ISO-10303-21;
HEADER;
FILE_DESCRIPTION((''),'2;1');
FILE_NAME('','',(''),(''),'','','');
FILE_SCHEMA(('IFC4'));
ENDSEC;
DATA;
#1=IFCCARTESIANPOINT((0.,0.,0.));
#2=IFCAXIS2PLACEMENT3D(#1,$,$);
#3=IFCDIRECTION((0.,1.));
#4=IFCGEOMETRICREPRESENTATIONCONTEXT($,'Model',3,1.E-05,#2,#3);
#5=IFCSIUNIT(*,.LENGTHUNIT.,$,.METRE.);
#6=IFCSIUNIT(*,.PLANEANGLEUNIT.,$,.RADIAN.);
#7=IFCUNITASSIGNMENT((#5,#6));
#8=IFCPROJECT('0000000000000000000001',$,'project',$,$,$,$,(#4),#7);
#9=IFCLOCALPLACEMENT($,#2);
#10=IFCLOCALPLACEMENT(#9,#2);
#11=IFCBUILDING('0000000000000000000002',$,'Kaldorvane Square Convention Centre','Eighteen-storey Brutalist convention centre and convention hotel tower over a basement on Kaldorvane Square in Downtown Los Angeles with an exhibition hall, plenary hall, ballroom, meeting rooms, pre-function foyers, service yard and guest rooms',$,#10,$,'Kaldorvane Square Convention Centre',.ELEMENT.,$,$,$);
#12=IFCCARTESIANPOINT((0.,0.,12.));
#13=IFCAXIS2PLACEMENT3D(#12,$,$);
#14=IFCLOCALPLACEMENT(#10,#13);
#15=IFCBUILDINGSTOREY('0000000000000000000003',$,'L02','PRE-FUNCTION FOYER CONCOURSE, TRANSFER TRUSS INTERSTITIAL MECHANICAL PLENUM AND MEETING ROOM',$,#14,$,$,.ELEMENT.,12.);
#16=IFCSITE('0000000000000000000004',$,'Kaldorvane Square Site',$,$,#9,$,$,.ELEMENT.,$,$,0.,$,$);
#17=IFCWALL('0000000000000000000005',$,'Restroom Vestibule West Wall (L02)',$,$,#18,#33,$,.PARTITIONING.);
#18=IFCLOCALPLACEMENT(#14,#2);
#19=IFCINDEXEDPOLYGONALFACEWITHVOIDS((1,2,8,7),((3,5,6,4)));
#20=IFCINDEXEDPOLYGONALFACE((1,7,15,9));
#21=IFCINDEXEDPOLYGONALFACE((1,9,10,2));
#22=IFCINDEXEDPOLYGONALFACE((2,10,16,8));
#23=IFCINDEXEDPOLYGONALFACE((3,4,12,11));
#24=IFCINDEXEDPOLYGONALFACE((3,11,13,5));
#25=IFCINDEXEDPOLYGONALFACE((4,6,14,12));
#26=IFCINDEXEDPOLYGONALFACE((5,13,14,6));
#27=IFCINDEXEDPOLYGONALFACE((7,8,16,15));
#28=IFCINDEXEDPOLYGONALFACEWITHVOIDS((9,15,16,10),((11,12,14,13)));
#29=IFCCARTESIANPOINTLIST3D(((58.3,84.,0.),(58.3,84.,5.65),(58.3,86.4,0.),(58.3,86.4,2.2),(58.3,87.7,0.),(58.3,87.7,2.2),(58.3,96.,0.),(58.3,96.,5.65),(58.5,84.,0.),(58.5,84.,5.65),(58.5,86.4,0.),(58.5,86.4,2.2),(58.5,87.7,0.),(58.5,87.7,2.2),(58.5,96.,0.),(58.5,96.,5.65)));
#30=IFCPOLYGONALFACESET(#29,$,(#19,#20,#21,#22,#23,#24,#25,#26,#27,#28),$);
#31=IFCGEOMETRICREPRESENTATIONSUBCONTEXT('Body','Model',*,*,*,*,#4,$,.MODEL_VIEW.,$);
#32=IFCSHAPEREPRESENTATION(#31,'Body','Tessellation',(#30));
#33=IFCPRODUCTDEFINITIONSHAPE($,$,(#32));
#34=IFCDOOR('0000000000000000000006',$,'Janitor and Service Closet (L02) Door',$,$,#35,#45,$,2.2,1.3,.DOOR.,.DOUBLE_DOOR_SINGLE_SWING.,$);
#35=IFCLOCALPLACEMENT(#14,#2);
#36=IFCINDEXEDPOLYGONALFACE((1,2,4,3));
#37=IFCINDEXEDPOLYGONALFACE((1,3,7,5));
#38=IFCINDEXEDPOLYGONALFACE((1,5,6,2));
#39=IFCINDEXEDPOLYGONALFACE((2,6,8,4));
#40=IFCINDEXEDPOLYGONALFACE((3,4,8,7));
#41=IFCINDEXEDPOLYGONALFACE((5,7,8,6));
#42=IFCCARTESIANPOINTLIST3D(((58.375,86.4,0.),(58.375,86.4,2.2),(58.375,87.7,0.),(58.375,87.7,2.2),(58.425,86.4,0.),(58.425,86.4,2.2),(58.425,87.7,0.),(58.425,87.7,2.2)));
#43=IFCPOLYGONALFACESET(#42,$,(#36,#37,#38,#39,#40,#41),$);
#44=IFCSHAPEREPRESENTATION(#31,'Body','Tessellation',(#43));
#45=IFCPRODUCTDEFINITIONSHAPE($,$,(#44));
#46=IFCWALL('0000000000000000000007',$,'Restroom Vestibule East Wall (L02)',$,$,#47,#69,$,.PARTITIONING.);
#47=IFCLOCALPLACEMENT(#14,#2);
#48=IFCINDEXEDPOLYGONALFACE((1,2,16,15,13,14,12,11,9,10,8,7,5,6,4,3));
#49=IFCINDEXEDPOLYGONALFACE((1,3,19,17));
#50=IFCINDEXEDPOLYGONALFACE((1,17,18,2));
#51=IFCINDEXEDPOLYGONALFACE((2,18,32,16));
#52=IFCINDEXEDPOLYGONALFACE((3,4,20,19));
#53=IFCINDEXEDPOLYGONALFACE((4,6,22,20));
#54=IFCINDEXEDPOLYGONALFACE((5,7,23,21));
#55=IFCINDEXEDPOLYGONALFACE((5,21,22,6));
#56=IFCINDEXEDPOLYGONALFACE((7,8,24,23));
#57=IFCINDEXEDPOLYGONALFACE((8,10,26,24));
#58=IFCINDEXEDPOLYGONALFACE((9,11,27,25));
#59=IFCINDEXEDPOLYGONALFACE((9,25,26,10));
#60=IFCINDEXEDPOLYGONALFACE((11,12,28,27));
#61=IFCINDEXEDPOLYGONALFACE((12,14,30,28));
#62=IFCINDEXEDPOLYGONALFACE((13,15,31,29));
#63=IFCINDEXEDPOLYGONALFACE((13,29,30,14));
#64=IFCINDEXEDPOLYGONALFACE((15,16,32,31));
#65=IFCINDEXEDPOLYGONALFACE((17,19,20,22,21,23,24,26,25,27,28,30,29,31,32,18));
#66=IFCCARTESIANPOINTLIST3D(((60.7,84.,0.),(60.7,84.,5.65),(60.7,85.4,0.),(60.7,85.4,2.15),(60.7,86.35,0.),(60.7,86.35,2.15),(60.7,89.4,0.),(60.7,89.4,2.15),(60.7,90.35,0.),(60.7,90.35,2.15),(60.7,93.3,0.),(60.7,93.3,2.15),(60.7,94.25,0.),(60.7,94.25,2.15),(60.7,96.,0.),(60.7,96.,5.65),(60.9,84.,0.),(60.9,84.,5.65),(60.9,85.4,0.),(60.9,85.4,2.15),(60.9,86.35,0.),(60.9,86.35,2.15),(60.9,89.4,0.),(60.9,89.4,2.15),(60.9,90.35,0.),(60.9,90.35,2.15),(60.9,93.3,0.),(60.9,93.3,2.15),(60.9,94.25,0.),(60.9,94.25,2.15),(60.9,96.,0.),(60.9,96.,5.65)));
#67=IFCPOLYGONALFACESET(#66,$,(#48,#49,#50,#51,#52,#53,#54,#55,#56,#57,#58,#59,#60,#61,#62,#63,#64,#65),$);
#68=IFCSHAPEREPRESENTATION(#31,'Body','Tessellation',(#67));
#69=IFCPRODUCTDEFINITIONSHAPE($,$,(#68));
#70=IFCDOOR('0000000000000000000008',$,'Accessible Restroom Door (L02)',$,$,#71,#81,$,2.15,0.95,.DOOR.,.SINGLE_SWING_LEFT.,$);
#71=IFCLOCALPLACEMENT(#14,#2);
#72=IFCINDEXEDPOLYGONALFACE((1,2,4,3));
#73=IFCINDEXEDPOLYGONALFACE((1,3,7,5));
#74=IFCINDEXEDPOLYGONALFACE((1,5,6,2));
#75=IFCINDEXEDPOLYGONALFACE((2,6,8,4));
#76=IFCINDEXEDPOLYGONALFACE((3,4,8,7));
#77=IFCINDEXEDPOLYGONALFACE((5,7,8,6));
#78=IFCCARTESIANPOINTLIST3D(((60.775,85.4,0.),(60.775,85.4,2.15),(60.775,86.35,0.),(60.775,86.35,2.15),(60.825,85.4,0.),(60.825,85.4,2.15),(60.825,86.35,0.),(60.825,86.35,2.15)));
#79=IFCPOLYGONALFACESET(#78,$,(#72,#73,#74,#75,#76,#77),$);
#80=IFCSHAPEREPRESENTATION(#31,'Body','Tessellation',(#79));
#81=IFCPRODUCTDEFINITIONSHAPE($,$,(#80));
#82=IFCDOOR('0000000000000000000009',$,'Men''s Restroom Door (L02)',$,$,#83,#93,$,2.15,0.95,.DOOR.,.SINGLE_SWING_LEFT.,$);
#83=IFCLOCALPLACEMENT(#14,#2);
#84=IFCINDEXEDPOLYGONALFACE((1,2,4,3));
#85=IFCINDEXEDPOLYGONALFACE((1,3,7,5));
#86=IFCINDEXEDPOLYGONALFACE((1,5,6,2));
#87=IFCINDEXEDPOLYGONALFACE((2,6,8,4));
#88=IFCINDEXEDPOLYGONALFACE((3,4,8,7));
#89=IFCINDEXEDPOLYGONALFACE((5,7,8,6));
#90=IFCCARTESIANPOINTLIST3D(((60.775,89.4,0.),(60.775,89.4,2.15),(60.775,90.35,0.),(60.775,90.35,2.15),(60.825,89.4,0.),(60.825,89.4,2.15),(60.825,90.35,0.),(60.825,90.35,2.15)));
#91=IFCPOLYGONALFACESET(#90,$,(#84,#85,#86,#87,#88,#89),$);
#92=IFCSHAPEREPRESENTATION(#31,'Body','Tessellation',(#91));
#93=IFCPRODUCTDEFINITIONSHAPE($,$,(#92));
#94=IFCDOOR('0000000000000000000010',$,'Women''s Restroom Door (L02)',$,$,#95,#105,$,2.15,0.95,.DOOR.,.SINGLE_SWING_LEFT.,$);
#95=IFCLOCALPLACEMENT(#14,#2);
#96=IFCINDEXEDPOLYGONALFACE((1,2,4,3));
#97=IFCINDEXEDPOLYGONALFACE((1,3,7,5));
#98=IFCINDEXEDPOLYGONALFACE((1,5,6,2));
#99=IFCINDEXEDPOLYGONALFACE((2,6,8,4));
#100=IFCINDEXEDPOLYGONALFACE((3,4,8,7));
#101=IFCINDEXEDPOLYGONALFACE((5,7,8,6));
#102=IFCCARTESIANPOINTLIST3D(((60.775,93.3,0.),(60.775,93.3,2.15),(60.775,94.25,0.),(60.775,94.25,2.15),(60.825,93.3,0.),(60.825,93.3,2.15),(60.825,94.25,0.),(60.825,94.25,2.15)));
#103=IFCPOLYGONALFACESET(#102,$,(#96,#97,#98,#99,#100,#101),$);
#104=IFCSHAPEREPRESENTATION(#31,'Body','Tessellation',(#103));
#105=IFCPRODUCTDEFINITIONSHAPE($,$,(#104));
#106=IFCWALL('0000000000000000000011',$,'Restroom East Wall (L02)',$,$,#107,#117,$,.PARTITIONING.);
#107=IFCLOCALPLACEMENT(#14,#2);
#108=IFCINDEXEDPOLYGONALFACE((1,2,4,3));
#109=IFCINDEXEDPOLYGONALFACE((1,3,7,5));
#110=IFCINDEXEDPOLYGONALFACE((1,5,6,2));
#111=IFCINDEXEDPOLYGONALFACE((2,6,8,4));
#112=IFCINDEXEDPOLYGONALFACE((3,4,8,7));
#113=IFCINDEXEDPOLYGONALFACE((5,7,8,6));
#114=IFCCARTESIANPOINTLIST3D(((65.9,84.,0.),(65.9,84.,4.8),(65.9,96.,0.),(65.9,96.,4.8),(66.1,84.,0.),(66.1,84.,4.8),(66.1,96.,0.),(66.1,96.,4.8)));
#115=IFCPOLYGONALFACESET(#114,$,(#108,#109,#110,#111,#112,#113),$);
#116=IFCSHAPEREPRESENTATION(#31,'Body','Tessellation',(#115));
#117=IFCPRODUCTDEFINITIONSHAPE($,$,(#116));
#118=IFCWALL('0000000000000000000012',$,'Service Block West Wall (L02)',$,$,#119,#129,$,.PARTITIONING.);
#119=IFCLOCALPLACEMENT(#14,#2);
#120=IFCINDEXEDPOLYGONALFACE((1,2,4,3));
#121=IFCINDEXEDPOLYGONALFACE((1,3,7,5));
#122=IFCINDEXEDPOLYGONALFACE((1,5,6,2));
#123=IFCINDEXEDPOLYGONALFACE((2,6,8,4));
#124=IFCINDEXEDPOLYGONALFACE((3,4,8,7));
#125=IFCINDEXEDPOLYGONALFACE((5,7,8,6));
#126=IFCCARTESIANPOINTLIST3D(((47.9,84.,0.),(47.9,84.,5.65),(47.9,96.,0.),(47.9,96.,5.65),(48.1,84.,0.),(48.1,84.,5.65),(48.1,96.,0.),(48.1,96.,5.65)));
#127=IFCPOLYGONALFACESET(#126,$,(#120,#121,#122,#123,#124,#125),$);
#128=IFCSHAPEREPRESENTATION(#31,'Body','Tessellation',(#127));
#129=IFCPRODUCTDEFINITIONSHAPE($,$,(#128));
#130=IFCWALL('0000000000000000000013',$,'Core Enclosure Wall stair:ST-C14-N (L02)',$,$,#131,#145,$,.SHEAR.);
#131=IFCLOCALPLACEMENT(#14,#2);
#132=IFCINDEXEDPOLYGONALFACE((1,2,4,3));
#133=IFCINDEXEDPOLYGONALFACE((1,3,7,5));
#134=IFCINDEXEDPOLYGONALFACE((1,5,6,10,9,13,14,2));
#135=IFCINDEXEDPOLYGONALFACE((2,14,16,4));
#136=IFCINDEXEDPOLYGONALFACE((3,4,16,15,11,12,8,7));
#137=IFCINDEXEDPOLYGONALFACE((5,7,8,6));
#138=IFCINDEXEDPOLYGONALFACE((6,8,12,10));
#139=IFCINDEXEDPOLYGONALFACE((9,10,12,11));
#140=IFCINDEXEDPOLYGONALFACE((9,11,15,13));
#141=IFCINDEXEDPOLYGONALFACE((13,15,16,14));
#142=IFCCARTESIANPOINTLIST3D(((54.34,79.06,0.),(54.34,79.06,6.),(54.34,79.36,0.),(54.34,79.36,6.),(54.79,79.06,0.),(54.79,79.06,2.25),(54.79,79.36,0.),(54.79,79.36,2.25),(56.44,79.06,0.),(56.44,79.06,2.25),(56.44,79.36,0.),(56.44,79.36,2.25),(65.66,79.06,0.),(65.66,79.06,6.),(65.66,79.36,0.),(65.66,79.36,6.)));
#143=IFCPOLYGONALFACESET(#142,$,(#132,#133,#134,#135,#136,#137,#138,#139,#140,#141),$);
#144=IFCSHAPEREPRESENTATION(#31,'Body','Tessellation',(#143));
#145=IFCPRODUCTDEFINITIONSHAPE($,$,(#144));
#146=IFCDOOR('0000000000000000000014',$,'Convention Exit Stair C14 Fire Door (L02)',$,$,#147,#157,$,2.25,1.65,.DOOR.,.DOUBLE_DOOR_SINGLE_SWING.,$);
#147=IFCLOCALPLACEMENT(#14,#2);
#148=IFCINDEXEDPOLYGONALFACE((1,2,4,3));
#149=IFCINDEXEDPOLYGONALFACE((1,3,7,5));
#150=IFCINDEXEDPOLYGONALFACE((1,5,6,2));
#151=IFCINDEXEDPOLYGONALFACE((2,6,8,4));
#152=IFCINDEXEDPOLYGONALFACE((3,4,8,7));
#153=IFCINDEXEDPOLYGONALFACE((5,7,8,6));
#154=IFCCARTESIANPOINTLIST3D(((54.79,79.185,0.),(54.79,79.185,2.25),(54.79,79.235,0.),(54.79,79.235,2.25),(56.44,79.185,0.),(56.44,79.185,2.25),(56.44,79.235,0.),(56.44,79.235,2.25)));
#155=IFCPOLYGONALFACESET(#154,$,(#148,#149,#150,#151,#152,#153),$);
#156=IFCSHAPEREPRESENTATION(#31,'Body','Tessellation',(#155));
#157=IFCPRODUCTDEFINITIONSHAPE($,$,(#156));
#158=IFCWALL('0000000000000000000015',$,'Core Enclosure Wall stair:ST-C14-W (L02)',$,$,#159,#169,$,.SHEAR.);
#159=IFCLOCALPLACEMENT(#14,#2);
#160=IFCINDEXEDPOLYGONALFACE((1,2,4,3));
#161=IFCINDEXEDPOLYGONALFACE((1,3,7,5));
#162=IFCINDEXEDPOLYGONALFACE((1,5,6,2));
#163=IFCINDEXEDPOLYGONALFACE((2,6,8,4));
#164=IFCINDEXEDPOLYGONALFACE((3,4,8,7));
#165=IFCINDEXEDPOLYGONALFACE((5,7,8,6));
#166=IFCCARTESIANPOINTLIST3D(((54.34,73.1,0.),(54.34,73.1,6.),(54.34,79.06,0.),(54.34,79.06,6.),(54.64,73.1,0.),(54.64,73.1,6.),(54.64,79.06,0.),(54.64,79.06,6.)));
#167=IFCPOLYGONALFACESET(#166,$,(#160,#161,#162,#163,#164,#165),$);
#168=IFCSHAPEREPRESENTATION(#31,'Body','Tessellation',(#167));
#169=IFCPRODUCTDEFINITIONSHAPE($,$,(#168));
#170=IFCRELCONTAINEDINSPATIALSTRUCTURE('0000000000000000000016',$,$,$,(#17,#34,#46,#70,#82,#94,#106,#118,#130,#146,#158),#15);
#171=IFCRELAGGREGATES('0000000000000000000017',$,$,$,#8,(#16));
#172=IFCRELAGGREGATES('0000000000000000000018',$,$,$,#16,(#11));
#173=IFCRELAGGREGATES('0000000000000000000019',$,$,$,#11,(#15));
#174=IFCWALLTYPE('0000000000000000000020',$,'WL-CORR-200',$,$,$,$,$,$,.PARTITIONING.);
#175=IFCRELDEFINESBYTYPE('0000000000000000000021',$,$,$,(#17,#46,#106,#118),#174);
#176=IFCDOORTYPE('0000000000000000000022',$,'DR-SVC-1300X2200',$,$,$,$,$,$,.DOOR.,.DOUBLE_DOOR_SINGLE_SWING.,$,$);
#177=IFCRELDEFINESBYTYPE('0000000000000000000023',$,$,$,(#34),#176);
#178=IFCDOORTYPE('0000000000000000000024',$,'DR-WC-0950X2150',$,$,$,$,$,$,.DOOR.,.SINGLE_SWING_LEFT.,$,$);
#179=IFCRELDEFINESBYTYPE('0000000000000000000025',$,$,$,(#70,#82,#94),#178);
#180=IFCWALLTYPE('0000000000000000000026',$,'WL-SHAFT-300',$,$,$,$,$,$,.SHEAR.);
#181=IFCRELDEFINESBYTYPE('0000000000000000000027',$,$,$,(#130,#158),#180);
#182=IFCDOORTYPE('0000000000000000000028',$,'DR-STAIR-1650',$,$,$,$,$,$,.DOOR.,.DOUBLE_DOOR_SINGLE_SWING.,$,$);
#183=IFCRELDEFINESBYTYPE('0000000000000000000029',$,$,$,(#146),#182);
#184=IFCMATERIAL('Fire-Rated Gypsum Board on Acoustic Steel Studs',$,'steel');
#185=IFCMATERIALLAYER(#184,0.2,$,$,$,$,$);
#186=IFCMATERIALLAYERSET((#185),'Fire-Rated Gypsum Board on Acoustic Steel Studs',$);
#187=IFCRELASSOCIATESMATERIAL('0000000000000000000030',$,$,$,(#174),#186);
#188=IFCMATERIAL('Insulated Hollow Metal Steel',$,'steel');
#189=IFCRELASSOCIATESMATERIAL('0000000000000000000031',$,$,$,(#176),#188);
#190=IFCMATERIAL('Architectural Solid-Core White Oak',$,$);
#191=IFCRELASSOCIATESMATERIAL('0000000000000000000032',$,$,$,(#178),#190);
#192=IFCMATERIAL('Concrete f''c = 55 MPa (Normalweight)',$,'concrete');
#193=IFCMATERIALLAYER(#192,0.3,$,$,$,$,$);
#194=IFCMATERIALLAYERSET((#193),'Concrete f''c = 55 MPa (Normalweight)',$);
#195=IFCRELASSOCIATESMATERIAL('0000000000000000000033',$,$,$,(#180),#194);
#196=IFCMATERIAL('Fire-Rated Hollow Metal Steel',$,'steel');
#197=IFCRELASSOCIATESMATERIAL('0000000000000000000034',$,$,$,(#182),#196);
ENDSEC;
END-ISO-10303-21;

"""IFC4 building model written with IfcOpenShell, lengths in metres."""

from ifc_helpers import new_model, si_unit, direction, frame, frame_2d, origin, place, context, subcontext, project, spatial, rectangle, extrude, material, layer, layer_set, type_object, element, fill, save


model = new_model("IFC4")

# Units and contexts
model_context = context("Model", 3, precision=1e-05, world=origin(), true_north=direction((0.0, 1.0)))
body_context = subcontext(model_context, "Body", "Model", "MODEL_VIEW")
ifc_project = project(units=[si_unit("LENGTHUNIT", "METRE"), si_unit("PLANEANGLEUNIT", "RADIAN")], contexts=[model_context])

# Site, building, storey
site_placement = place(None, origin())
site = spatial("IfcSite", under=ifc_project, at=site_placement, Name="Kaldorvane Square Site", CompositionType="ELEMENT", RefElevation=0.0)
building_placement = place(site_placement, origin())
building = spatial("IfcBuilding", under=site, at=building_placement, Name="Kaldorvane Square Convention Centre", Description="Eighteen-storey Brutalist convention centre and convention hotel tower over a basement on Kaldorvane Square in Downtown Los Angeles with an exhibition hall, plenary hall, ballroom, meeting rooms, pre-function foyers, service yard and guest rooms", LongName="Kaldorvane Square Convention Centre", CompositionType="ELEMENT")
storey_placement = place(building_placement, frame((0.0, 0.0, 12.0)))
storey = spatial("IfcBuildingStorey", under=building, at=storey_placement, Name="L02", Description="PRE-FUNCTION FOYER CONCOURSE, TRANSFER TRUSS INTERSTITIAL MECHANICAL PLENUM AND MEETING ROOM", CompositionType="ELEMENT", Elevation=12.0)

# Shared definitions
ifc_material_1 = material(Name="Concrete f'c = 55 MPa (Normalweight)", Category="concrete")

# Shared definitions
ifc_material_2 = material(Name="Fire-Rated Gypsum Board on Acoustic Steel Studs", Category="steel")
ifc_layer_1 = layer(ifc_material_2, 0.2)
ifc_layer_set_1 = layer_set([ifc_layer_1], Name="Fire-Rated Gypsum Board on Acoustic Steel Studs")
wall_type_1 = type_object("IfcWallType", Name="WL-CORR-200", PredefinedType="PARTITIONING", material=ifc_layer_set_1)

# Wall, opening, door
wall_1_placement = place(storey_placement, frame((58.4, 84.0, 0.0), z_axis=(0.0, 0.0, 1.0), x_axis=(0.0, 1.0, 0.0)))
wall_1 = element("IfcWall", 1, at=wall_1_placement, inside=storey, type_object=wall_type_1, Name="Restroom Vestibule West Wall (L02)", PredefinedType="PARTITIONING", context=body_context, shape_type="SweptSolid", body=[
    extrude(rectangle(XDim=12.0, YDim=0.2, at=frame_2d((6.0, 0.0))), origin(), (0.0, 0.0, 1.0), 5.65),
])
opening_1_placement = place(wall_1_placement, frame((2.4, 0.0, 0.0)))
opening_1 = element("IfcOpeningElement", 2, at=opening_1_placement, cuts=wall_1, PredefinedType="OPENING", context=body_context, shape_type="SweptSolid", body=[
    extrude(rectangle(XDim=1.3, YDim=2.2, at=frame_2d((0.65, 1.1))), frame((0.0, 0.115, 0.0), z_axis=(0.0, -1.0, 0.0), x_axis=(1.0, 0.0, 0.0)), (0.0, 0.0, 1.0), 0.23),
])
ifc_material_3 = material(Name="Insulated Hollow Metal Steel", Category="steel")
door_type_1 = type_object("IfcDoorType", Name="DR-SVC-1300X2200", OperationType="DOUBLE_DOOR_SINGLE_SWING", PredefinedType="DOOR", material=ifc_material_3)
door_1_placement = place(opening_1_placement, origin())
door_1 = element("IfcDoor", 3, at=door_1_placement, inside=storey, type_object=door_type_1, Name="Janitor and Service Closet (L02) Door", OperationType="DOUBLE_DOOR_SINGLE_SWING", OverallHeight=2.2, OverallWidth=1.3, PredefinedType="DOOR", context=body_context, shape_type="SweptSolid", body=[
    extrude(rectangle(XDim=1.3, YDim=2.2, at=frame_2d((0.65, 1.1))), frame((0.0, 0.025, 0.0), z_axis=(0.0, -1.0, 0.0), x_axis=(1.0, 0.0, 0.0)), (0.0, 0.0, 1.0), 0.05),
])
fill(opening_1, door_1)

# Wall, openings, doors
wall_2_placement = place(storey_placement, frame((60.8, 84.0, 0.0), z_axis=(0.0, 0.0, 1.0), x_axis=(0.0, 1.0, 0.0)))
wall_2 = element("IfcWall", 4, at=wall_2_placement, inside=storey, type_object=wall_type_1, Name="Restroom Vestibule East Wall (L02)", PredefinedType="PARTITIONING", context=body_context, shape_type="SweptSolid", body=[
    extrude(rectangle(XDim=12.0, YDim=0.2, at=frame_2d((6.0, 0.0))), origin(), (0.0, 0.0, 1.0), 5.65),
])
opening_2_placement = place(wall_2_placement, frame((1.4, 0.0, 0.0)))
opening_2 = element("IfcOpeningElement", 5, at=opening_2_placement, cuts=wall_2, PredefinedType="OPENING", context=body_context, shape_type="SweptSolid", body=[
    extrude(rectangle(XDim=0.95, YDim=2.15, at=frame_2d((0.475, 1.075))), frame((0.0, 0.115, 0.0), z_axis=(0.0, -1.0, 0.0), x_axis=(1.0, 0.0, 0.0)), (0.0, 0.0, 1.0), 0.23),
])
opening_3_placement = place(wall_2_placement, frame((5.4, 0.0, 0.0)))
opening_3 = element("IfcOpeningElement", 6, at=opening_3_placement, cuts=wall_2, PredefinedType="OPENING", context=body_context, shape_type="SweptSolid", body=[
    extrude(rectangle(XDim=0.95, YDim=2.15, at=frame_2d((0.475, 1.075))), frame((0.0, 0.115, 0.0), z_axis=(0.0, -1.0, 0.0), x_axis=(1.0, 0.0, 0.0)), (0.0, 0.0, 1.0), 0.23),
])
opening_4_placement = place(wall_2_placement, frame((9.3, 0.0, 0.0)))
opening_4 = element("IfcOpeningElement", 7, at=opening_4_placement, cuts=wall_2, PredefinedType="OPENING", context=body_context, shape_type="SweptSolid", body=[
    extrude(rectangle(XDim=0.95, YDim=2.15, at=frame_2d((0.475, 1.075))), frame((0.0, 0.115, 0.0), z_axis=(0.0, -1.0, 0.0), x_axis=(1.0, 0.0, 0.0)), (0.0, 0.0, 1.0), 0.23),
])
ifc_material_4 = material(Name="Architectural Solid-Core White Oak")
door_type_2 = type_object("IfcDoorType", Name="DR-WC-0950X2150", OperationType="SINGLE_SWING_LEFT", PredefinedType="DOOR", material=ifc_material_4)
door_2_placement = place(opening_2_placement, origin())
door_2 = element("IfcDoor", 8, at=door_2_placement, inside=storey, type_object=door_type_2, Name="Accessible Restroom Door (L02)", OperationType="SINGLE_SWING_LEFT", OverallHeight=2.15, OverallWidth=0.95, PredefinedType="DOOR", context=body_context, shape_type="SweptSolid", body=[
    extrude(rectangle(XDim=0.95, YDim=2.15, at=frame_2d((0.475, 1.075))), frame((0.0, 0.025, 0.0), z_axis=(0.0, -1.0, 0.0), x_axis=(1.0, 0.0, 0.0)), (0.0, 0.0, 1.0), 0.05),
])
fill(opening_2, door_2)
door_3_placement = place(opening_3_placement, origin())
door_3 = element("IfcDoor", 9, at=door_3_placement, inside=storey, type_object=door_type_2, Name="Men's Restroom Door (L02)", OperationType="SINGLE_SWING_LEFT", OverallHeight=2.15, OverallWidth=0.95, PredefinedType="DOOR", context=body_context, shape_type="SweptSolid", body=[
    extrude(rectangle(XDim=0.95, YDim=2.15, at=frame_2d((0.475, 1.075))), frame((0.0, 0.025, 0.0), z_axis=(0.0, -1.0, 0.0), x_axis=(1.0, 0.0, 0.0)), (0.0, 0.0, 1.0), 0.05),
])
fill(opening_3, door_3)
door_4_placement = place(opening_4_placement, origin())
door_4 = element("IfcDoor", 10, at=door_4_placement, inside=storey, type_object=door_type_2, Name="Women's Restroom Door (L02)", OperationType="SINGLE_SWING_LEFT", OverallHeight=2.15, OverallWidth=0.95, PredefinedType="DOOR", context=body_context, shape_type="SweptSolid", body=[
    extrude(rectangle(XDim=0.95, YDim=2.15, at=frame_2d((0.475, 1.075))), frame((0.0, 0.025, 0.0), z_axis=(0.0, -1.0, 0.0), x_axis=(1.0, 0.0, 0.0)), (0.0, 0.0, 1.0), 0.05),
])
fill(opening_4, door_4)

# Walls
wall_3_placement = place(storey_placement, frame((66.0, 84.0, 0.0), z_axis=(0.0, 0.0, 1.0), x_axis=(0.0, 1.0, 0.0)))
element("IfcWall", 11, at=wall_3_placement, inside=storey, type_object=wall_type_1, Name="Restroom East Wall (L02)", PredefinedType="PARTITIONING", context=body_context, shape_type="SweptSolid", body=[
    extrude(rectangle(XDim=12.0, YDim=0.2, at=frame_2d((6.0, 0.0))), origin(), (0.0, 0.0, 1.0), 4.8),
])
wall_4_placement = place(storey_placement, frame((48.0, 84.0, 0.0), z_axis=(0.0, 0.0, 1.0), x_axis=(0.0, 1.0, 0.0)))
element("IfcWall", 12, at=wall_4_placement, inside=storey, type_object=wall_type_1, Name="Service Block West Wall (L02)", PredefinedType="PARTITIONING", context=body_context, shape_type="SweptSolid", body=[
    extrude(rectangle(XDim=12.0, YDim=0.2, at=frame_2d((6.0, 0.0))), origin(), (0.0, 0.0, 1.0), 5.65),
])

# Wall, opening, door
ifc_layer_2 = layer(ifc_material_1, 0.3)
ifc_layer_set_2 = layer_set([ifc_layer_2], Name="Concrete f'c = 55 MPa (Normalweight)")
wall_type_2 = type_object("IfcWallType", Name="WL-SHAFT-300", PredefinedType="SHEAR", material=ifc_layer_set_2)
wall_5_placement = place(storey_placement, frame((65.66, 79.21, 0.0), z_axis=(0.0, 0.0, 1.0), x_axis=(-1.0, 0.0, 0.0)))
wall_5 = element("IfcWall", 13, at=wall_5_placement, inside=storey, type_object=wall_type_2, Name="Core Enclosure Wall stair:ST-C14-N (L02)", PredefinedType="SHEAR", context=body_context, shape_type="SweptSolid", body=[
    extrude(rectangle(XDim=11.32, YDim=0.3, at=frame_2d((5.66, 0.0))), origin(), (0.0, 0.0, 1.0), 6.0),
])
opening_5_placement = place(wall_5_placement, frame((9.22, 0.0, 0.0)))
opening_5 = element("IfcOpeningElement", 14, at=opening_5_placement, cuts=wall_5, PredefinedType="OPENING", context=body_context, shape_type="SweptSolid", body=[
    extrude(rectangle(XDim=1.65, YDim=2.25, at=frame_2d((0.825, 1.125))), frame((0.0, 0.165, 0.0), z_axis=(0.0, -1.0, 0.0), x_axis=(1.0, 0.0, 0.0)), (0.0, 0.0, 1.0), 0.33),
])
ifc_material_5 = material(Name="Fire-Rated Hollow Metal Steel", Category="steel")
door_type_3 = type_object("IfcDoorType", Name="DR-STAIR-1650", OperationType="DOUBLE_DOOR_SINGLE_SWING", PredefinedType="DOOR", material=ifc_material_5)
door_5_placement = place(opening_5_placement, origin())
door_5 = element("IfcDoor", 15, at=door_5_placement, inside=storey, type_object=door_type_3, Name="Convention Exit Stair C14 Fire Door (L02)", OperationType="DOUBLE_DOOR_SINGLE_SWING", OverallHeight=2.25, OverallWidth=1.65, PredefinedType="DOOR", context=body_context, shape_type="SweptSolid", body=[
    extrude(rectangle(XDim=1.65, YDim=2.25, at=frame_2d((0.825, 1.125))), frame((0.0, 0.025, 0.0), z_axis=(0.0, -1.0, 0.0), x_axis=(1.0, 0.0, 0.0)), (0.0, 0.0, 1.0), 0.05),
])
fill(opening_5, door_5)

# Wall
for number, where, z_axis, x_axis, name in (
    (16, (54.49, 79.06, 0.0), (0.0, 0.0, 1.0), (0.0, -1.0, 0.0), "Core Enclosure Wall stair:ST-C14-W (L02)"),
):
    element("IfcWall", number, at=place(storey_placement, frame(where, z_axis=z_axis, x_axis=x_axis)), inside=storey, type_object=wall_type_2, Name=name, PredefinedType="SHEAR", context=body_context, shape_type="SweptSolid", body=[
        extrude(rectangle(XDim=5.96, YDim=0.3, at=frame_2d((2.98, 0.0))), origin(), (0.0, 0.0, 1.0), 6.0),
    ])

save(model, "model.ifc")
